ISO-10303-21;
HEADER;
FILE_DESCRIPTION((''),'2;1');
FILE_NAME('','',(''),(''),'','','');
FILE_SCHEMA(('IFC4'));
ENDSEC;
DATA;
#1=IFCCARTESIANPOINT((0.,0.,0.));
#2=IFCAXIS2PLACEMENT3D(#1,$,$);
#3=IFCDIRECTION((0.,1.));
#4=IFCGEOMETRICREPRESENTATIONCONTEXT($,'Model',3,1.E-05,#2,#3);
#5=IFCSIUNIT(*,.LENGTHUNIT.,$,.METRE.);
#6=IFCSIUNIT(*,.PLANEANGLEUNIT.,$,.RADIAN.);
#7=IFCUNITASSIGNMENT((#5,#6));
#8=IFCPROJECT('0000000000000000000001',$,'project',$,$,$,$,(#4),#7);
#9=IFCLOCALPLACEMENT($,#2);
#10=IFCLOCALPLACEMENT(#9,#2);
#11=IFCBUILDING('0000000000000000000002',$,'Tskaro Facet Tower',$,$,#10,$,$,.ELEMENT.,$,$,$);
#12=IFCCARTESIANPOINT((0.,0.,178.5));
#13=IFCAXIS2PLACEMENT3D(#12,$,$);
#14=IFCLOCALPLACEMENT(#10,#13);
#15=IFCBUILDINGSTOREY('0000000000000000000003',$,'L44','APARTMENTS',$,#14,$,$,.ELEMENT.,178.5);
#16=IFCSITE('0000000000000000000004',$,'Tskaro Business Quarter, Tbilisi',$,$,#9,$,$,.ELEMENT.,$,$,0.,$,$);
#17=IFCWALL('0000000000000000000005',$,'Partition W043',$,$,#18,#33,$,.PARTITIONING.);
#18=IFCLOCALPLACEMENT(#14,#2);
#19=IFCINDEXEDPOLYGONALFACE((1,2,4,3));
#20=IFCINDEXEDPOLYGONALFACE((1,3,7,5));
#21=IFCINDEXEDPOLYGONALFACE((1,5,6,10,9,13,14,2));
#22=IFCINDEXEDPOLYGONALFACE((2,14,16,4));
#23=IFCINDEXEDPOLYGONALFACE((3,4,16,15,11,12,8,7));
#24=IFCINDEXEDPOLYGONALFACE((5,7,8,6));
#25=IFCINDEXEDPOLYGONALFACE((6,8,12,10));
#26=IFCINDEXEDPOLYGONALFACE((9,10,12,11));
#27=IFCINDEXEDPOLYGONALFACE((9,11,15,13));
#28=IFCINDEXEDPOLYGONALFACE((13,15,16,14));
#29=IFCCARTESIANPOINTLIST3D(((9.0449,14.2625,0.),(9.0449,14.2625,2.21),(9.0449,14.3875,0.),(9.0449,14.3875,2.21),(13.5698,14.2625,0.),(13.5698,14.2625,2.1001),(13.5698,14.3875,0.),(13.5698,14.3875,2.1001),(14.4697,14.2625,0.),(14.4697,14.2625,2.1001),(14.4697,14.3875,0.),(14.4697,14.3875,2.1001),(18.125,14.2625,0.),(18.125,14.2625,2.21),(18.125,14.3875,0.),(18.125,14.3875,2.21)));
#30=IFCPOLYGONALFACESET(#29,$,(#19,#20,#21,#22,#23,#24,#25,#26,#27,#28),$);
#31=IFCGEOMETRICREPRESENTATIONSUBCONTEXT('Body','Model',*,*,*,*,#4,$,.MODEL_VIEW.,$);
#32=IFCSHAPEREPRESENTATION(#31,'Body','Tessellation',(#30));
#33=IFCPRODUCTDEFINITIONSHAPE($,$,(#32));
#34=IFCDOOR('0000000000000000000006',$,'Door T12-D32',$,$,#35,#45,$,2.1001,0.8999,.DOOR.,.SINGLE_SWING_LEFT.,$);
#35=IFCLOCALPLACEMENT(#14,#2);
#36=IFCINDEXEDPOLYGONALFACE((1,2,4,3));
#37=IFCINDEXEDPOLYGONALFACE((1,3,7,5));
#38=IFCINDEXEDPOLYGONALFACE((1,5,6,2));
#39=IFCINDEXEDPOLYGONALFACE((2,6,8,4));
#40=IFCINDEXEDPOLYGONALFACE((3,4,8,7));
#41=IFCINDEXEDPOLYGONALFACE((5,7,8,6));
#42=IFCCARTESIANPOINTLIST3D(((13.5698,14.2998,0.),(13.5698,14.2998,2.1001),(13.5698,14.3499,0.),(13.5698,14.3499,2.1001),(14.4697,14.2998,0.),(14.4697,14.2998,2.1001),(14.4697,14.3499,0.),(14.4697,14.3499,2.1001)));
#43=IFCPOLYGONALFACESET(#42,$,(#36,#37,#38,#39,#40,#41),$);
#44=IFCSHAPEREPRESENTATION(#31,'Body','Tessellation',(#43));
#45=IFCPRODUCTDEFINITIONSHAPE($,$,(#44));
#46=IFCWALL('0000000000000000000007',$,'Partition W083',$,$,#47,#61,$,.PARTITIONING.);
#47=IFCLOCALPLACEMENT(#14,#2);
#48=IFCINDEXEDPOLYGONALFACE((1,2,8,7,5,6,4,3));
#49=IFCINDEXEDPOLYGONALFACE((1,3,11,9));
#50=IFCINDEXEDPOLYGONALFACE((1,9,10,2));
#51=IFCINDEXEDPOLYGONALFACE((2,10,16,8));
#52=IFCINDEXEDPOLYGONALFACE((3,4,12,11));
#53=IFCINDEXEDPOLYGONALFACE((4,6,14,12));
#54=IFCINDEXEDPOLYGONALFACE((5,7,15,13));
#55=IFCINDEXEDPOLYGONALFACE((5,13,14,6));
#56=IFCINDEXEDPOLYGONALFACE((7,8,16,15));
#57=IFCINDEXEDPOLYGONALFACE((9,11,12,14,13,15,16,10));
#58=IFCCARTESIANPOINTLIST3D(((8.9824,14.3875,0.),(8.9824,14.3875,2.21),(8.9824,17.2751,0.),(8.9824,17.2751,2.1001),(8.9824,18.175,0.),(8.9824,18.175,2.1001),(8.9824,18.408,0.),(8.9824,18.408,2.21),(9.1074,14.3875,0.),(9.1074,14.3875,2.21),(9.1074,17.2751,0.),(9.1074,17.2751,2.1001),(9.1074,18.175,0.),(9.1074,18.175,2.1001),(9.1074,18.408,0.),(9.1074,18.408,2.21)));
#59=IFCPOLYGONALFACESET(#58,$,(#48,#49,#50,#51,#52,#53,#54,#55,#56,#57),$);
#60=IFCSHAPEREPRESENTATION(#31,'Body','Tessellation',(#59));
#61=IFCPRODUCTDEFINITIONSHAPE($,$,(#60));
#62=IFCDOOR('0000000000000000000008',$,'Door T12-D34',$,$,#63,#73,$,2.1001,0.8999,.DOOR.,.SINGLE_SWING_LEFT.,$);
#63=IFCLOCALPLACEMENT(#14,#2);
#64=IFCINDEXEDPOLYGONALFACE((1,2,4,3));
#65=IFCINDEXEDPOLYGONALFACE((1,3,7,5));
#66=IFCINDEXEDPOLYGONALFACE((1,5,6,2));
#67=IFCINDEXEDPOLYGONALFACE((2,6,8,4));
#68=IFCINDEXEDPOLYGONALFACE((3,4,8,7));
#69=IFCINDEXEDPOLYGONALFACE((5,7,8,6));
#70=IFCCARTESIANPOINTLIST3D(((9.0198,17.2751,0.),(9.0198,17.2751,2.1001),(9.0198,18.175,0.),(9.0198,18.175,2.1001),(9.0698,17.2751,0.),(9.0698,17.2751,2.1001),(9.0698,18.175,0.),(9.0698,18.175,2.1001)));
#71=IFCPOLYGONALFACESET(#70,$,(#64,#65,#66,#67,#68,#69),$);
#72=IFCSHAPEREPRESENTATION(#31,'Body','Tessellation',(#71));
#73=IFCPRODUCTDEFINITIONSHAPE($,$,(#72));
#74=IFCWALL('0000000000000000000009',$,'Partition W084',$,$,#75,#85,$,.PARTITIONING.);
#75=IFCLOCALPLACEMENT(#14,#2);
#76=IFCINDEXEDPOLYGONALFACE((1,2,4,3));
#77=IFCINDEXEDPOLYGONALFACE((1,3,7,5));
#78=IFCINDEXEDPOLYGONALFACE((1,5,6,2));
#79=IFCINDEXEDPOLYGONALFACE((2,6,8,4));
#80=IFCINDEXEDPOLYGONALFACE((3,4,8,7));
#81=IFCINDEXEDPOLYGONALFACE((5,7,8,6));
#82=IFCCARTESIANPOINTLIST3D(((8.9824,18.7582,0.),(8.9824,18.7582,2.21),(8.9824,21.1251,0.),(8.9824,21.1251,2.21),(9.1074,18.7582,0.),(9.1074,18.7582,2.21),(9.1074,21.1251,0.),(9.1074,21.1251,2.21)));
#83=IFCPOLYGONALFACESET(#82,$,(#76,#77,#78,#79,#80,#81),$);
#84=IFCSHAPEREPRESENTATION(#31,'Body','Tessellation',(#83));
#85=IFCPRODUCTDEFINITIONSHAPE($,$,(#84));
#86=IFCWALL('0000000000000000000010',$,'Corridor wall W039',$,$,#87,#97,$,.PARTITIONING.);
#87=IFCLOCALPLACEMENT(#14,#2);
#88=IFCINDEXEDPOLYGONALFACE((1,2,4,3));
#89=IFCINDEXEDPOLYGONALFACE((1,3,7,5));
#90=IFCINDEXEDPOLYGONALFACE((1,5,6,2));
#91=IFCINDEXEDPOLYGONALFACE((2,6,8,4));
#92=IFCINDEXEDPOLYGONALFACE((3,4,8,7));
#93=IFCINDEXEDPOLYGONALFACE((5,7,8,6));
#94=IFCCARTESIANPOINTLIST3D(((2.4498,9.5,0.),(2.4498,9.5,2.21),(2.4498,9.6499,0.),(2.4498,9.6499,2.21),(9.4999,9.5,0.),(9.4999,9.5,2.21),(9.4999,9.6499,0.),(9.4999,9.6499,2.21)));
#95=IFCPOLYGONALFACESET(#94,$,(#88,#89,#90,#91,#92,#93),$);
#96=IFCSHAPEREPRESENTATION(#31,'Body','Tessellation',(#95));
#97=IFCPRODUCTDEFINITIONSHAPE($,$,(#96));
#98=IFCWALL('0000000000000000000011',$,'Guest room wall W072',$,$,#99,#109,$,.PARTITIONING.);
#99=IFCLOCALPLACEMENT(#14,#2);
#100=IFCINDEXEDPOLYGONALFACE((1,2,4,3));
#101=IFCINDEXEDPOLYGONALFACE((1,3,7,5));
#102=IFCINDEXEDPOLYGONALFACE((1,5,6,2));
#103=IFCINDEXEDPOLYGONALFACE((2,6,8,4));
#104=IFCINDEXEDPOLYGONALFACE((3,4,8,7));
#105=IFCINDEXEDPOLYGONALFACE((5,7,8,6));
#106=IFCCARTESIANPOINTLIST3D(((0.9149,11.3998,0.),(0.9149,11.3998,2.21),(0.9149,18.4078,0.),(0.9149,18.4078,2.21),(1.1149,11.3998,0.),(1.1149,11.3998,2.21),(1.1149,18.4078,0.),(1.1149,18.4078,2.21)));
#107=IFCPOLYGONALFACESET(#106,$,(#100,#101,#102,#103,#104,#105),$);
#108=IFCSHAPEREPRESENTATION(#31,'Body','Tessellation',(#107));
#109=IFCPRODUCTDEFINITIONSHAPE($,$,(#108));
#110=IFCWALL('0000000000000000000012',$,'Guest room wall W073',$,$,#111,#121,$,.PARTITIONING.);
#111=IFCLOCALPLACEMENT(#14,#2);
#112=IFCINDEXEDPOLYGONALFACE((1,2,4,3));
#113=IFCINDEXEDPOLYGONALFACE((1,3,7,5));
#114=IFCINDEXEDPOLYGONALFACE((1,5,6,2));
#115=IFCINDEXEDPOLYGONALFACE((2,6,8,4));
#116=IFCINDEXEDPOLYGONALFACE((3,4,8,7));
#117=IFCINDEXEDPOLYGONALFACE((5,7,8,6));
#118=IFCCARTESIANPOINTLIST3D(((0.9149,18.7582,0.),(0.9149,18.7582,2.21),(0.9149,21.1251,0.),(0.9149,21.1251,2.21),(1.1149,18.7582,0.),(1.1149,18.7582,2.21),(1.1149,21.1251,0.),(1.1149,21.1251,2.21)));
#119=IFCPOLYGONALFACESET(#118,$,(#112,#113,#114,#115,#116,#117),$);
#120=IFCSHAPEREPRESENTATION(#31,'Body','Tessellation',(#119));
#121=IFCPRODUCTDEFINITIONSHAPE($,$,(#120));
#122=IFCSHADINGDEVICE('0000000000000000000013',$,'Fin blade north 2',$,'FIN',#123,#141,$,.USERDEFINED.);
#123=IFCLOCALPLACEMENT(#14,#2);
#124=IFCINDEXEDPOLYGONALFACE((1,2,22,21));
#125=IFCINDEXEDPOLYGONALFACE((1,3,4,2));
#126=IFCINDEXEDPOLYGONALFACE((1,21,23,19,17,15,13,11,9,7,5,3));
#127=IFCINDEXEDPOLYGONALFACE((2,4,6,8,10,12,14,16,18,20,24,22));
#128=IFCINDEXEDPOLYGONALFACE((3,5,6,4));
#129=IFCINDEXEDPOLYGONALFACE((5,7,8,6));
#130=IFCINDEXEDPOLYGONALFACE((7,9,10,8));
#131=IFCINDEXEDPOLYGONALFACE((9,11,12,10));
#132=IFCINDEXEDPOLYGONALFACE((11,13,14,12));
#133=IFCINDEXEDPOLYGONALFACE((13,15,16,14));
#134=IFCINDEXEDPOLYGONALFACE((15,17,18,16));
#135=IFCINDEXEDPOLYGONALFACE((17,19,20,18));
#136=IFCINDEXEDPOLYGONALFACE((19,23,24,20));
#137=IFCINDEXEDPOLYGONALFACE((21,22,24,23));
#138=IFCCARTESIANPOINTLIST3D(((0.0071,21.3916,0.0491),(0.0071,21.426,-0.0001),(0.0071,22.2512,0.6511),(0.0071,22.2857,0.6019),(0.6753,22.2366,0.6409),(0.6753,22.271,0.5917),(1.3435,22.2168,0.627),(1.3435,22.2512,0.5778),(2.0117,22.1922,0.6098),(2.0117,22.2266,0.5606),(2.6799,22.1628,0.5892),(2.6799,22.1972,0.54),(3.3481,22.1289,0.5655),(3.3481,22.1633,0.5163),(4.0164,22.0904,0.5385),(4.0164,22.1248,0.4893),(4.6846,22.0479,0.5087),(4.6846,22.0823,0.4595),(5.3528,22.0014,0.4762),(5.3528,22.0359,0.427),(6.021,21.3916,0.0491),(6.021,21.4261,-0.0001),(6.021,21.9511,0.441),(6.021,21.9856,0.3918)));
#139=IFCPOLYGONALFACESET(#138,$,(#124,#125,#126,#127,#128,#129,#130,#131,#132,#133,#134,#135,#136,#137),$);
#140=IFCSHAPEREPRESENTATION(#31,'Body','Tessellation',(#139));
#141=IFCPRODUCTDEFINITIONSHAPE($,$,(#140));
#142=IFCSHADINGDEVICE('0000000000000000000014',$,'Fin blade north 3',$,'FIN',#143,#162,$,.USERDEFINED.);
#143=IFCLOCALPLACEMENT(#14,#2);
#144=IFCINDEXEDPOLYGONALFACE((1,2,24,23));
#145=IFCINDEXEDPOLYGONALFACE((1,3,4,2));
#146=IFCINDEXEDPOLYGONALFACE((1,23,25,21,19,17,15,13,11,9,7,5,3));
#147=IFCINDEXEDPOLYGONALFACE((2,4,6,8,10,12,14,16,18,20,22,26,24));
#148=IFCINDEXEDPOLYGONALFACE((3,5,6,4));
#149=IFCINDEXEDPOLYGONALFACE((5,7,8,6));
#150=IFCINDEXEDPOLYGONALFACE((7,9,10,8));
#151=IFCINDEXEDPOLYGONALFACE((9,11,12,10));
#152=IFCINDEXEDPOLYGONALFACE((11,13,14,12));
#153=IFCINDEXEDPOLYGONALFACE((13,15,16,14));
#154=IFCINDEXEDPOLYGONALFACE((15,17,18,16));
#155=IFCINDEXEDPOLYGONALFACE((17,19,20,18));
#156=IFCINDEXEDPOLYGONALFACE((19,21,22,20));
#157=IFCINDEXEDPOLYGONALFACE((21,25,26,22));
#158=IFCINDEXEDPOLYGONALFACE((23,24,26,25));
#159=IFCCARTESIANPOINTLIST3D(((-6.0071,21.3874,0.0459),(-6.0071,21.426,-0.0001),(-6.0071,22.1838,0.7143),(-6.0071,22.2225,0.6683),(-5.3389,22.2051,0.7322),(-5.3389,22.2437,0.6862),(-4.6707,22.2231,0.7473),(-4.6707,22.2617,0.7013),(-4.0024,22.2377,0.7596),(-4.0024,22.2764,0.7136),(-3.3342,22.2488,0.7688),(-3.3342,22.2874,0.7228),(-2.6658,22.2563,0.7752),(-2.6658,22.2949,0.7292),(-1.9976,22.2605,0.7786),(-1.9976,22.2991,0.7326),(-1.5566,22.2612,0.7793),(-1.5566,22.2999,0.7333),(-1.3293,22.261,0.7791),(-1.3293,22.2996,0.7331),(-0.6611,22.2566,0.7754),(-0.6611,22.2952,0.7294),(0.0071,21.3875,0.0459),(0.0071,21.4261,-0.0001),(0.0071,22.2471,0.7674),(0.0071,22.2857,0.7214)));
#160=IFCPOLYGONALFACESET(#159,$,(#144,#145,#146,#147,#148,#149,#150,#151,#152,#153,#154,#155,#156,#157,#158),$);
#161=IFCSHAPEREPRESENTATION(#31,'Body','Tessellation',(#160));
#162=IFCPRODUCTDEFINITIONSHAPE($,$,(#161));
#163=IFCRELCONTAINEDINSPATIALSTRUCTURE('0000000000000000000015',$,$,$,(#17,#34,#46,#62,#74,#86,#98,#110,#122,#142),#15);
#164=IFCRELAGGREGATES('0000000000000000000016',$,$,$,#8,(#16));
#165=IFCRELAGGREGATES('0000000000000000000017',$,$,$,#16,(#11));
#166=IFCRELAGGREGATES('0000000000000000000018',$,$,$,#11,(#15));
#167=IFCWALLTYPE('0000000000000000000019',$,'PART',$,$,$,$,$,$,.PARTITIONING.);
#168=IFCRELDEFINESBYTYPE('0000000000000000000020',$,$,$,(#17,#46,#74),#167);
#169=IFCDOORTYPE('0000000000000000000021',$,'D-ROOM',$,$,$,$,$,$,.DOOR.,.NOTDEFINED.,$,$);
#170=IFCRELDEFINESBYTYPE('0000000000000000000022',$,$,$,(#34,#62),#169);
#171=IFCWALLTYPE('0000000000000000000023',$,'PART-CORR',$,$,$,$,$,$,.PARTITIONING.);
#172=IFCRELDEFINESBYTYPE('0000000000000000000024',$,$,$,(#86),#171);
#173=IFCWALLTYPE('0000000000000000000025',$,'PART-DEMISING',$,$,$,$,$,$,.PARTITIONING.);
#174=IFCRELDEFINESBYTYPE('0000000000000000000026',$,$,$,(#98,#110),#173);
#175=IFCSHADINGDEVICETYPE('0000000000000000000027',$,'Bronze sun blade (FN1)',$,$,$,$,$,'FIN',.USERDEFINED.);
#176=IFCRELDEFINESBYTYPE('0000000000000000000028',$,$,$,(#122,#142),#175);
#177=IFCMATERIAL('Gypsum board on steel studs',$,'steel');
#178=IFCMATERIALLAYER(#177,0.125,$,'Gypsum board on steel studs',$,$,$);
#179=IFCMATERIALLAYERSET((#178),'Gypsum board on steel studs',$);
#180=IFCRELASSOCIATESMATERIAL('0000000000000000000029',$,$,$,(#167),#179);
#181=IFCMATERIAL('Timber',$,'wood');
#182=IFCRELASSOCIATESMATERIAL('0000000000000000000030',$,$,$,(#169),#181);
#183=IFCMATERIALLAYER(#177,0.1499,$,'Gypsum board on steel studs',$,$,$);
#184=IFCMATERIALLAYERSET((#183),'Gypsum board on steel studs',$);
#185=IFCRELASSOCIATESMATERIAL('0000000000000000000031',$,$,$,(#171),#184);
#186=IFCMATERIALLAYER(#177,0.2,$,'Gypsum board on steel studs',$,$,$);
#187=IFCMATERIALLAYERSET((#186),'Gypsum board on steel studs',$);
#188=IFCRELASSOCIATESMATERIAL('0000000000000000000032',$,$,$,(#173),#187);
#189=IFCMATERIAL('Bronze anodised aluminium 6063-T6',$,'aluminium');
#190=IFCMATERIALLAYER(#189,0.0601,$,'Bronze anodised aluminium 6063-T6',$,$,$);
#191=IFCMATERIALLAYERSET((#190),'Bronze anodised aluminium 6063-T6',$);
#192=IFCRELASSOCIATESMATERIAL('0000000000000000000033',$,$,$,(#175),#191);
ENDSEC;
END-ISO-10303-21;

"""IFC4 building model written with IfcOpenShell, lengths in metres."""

from ifc_helpers import new_model, si_unit, direction, frame, frame_2d, origin, place, context, subcontext, project, spatial, polyline, rectangle, outline, extrude, material, layer, layer_set, type_object, element, fill, save


model = new_model("IFC4")

# Units and contexts
model_context = context("Model", 3, precision=1e-05, world=origin(), true_north=direction((0.0, 1.0)))
body_context = subcontext(model_context, "Body", "Model", "MODEL_VIEW")
ifc_project = project(units=[si_unit("LENGTHUNIT", "METRE"), si_unit("PLANEANGLEUNIT", "RADIAN")], contexts=[model_context])

# Site, building, storey
site_placement = place(None, origin())
site = spatial("IfcSite", under=ifc_project, at=site_placement, Name="Tskaro Business Quarter, Tbilisi", CompositionType="ELEMENT", RefElevation=0.0)
building_placement = place(site_placement, origin())
building = spatial("IfcBuilding", under=site, at=building_placement, Name="Tskaro Facet Tower", CompositionType="ELEMENT")
storey_placement = place(building_placement, frame((0.0, 0.0, 178.5)))
storey = spatial("IfcBuildingStorey", under=building, at=storey_placement, Name="L44", Description="APARTMENTS", CompositionType="ELEMENT", Elevation=178.5)

# Shared definitions
ifc_material_1 = material(Name="Bronze anodised aluminium 6063-T6", Category="aluminium")

# Walls, openings, doors
ifc_material_2 = material(Name="Gypsum board on steel studs", Category="steel")
ifc_layer_1 = layer(ifc_material_2, 0.125, Name="Gypsum board on steel studs")
ifc_layer_set_1 = layer_set([ifc_layer_1], Name="Gypsum board on steel studs")
wall_type_1 = type_object("IfcWallType", Name="PART", PredefinedType="PARTITIONING", material=ifc_layer_set_1)
wall_1_placement = place(storey_placement, frame((9.0449, 14.325, 0.0), z_axis=(0.0, 0.0, 1.0), x_axis=(1.0, 0.0, 0.0)))
wall_1 = element("IfcWall", 1, at=wall_1_placement, inside=storey, type_object=wall_type_1, Name="Partition W043", PredefinedType="PARTITIONING", context=body_context, shape_type="SweptSolid", body=[
    extrude(rectangle(XDim=9.0801, YDim=0.125, at=frame_2d((4.54, 0.0))), origin(), (0.0, 0.0, 1.0), 2.21),
])
opening_1_placement = place(wall_1_placement, frame((4.5249, 0.0, 0.0)))
opening_1 = element("IfcOpeningElement", 2, at=opening_1_placement, cuts=wall_1, PredefinedType="OPENING", context=body_context, shape_type="SweptSolid", body=[
    extrude(rectangle(XDim=0.8999, YDim=2.1001, at=frame_2d((0.45, 1.05))), frame((0.0, 0.0725, 0.0), z_axis=(0.0, -1.0, 0.0), x_axis=(1.0, 0.0, 0.0)), (0.0, 0.0, 1.0), 0.145),
])
ifc_material_3 = material(Name="Timber", Category="wood")
door_type = type_object("IfcDoorType", Name="D-ROOM", OperationType="NOTDEFINED", PredefinedType="DOOR", material=ifc_material_3)
door_1_placement = place(opening_1_placement, origin())
door_1 = element("IfcDoor", 3, at=door_1_placement, inside=storey, type_object=door_type, Name="Door T12-D32", OperationType="SINGLE_SWING_LEFT", OverallHeight=2.1001, OverallWidth=0.8999, PredefinedType="DOOR", context=body_context, shape_type="SweptSolid", body=[
    extrude(rectangle(XDim=0.8999, YDim=2.1001, at=frame_2d((0.45, 1.05))), frame((0.0, 0.0249, 0.0), z_axis=(0.0, -1.0, 0.0), x_axis=(1.0, 0.0, 0.0)), (0.0, 0.0, 1.0), 0.05),
])
fill(opening_1, door_1)
wall_2_placement = place(storey_placement, frame((9.0449, 18.408, 0.0), z_axis=(0.0, 0.0, 1.0), x_axis=(0.0, -1.0, 0.0)))
wall_2 = element("IfcWall", 4, at=wall_2_placement, inside=storey, type_object=wall_type_1, Name="Partition W083", PredefinedType="PARTITIONING", context=body_context, shape_type="SweptSolid", body=[
    extrude(rectangle(XDim=4.0205, YDim=0.125, at=frame_2d((2.0103, 0.0))), origin(), (0.0, 0.0, 1.0), 2.21),
])
opening_2_placement = place(wall_2_placement, frame((0.2329, 0.0, 0.0)))
opening_2 = element("IfcOpeningElement", 5, at=opening_2_placement, cuts=wall_2, PredefinedType="OPENING", context=body_context, shape_type="SweptSolid", body=[
    extrude(rectangle(XDim=0.8999, YDim=2.1001, at=frame_2d((0.45, 1.05))), frame((0.0, 0.0725, 0.0), z_axis=(0.0, -1.0, 0.0), x_axis=(1.0, 0.0, 0.0)), (0.0, 0.0, 1.0), 0.145),
])
door_2_placement = place(opening_2_placement, origin())
door_2 = element("IfcDoor", 6, at=door_2_placement, inside=storey, type_object=door_type, Name="Door T12-D34", OperationType="SINGLE_SWING_LEFT", OverallHeight=2.1001, OverallWidth=0.8999, PredefinedType="DOOR", context=body_context, shape_type="SweptSolid", body=[
    extrude(rectangle(XDim=0.8999, YDim=2.1001, at=frame_2d((0.45, 1.05))), frame((0.0, 0.0249, 0.0), z_axis=(0.0, -1.0, 0.0), x_axis=(1.0, 0.0, 0.0)), (0.0, 0.0, 1.0), 0.05),
])
fill(opening_2, door_2)

# Walls
wall_3_placement = place(storey_placement, frame((9.0449, 18.7581, 0.0), z_axis=(0.0, 0.0, 1.0), x_axis=(0.0, 1.0, 0.0)))
element("IfcWall", 7, at=wall_3_placement, inside=storey, type_object=wall_type_1, Name="Partition W084", PredefinedType="PARTITIONING", context=body_context, shape_type="SweptSolid", body=[
    extrude(rectangle(XDim=2.3669, YDim=0.125, at=frame_2d((1.1836, 0.0))), origin(), (0.0, 0.0, 1.0), 2.21),
])
ifc_layer_2 = layer(ifc_material_2, 0.1499, Name="Gypsum board on steel studs")
ifc_layer_set_2 = layer_set([ifc_layer_2], Name="Gypsum board on steel studs")
wall_type_2 = type_object("IfcWallType", Name="PART-CORR", PredefinedType="PARTITIONING", material=ifc_layer_set_2)
wall_4_placement = place(storey_placement, frame((2.45, 9.575, 0.0), z_axis=(0.0, 0.0, 1.0), x_axis=(1.0, 0.0, 0.0)))
element("IfcWall", 8, at=wall_4_placement, inside=storey, type_object=wall_type_2, Name="Corridor wall W039", PredefinedType="PARTITIONING", context=body_context, shape_type="SweptSolid", body=[
    extrude(rectangle(XDim=7.05, YDim=0.1499, at=frame_2d((3.5249, 0.0))), origin(), (0.0, 0.0, 1.0), 2.21),
])
ifc_layer_3 = layer(ifc_material_2, 0.2, Name="Gypsum board on steel studs")
ifc_layer_set_3 = layer_set([ifc_layer_3], Name="Gypsum board on steel studs")
wall_type_3 = type_object("IfcWallType", Name="PART-DEMISING", PredefinedType="PARTITIONING", material=ifc_layer_set_3)
wall_5_placement = place(storey_placement, frame((1.0149, 11.3999, 0.0), z_axis=(0.0, 0.0, 1.0), x_axis=(0.0, 1.0, 0.0)))
element("IfcWall", 9, at=wall_5_placement, inside=storey, type_object=wall_type_3, Name="Guest room wall W072", PredefinedType="PARTITIONING", context=body_context, shape_type="SweptSolid", body=[
    extrude(rectangle(XDim=7.0081, YDim=0.2, at=frame_2d((3.5039, 0.0))), origin(), (0.0, 0.0, 1.0), 2.21),
])
wall_6_placement = place(storey_placement, frame((1.0149, 18.7581, 0.0), z_axis=(0.0, 0.0, 1.0), x_axis=(0.0, 1.0, 0.0)))
element("IfcWall", 10, at=wall_6_placement, inside=storey, type_object=wall_type_3, Name="Guest room wall W073", PredefinedType="PARTITIONING", context=body_context, shape_type="SweptSolid", body=[
    extrude(rectangle(XDim=2.3669, YDim=0.2, at=frame_2d((1.1836, 0.0))), origin(), (0.0, 0.0, 1.0), 2.21),
])

# Shading devices
ifc_layer_4 = layer(ifc_material_1, 0.0601, Name="Bronze anodised aluminium 6063-T6")
ifc_layer_set_4 = layer_set([ifc_layer_4], Name="Bronze anodised aluminium 6063-T6")
shading_device_type = type_object("IfcShadingDeviceType", Name="Bronze sun blade (FN1)", ElementType="FIN", PredefinedType="USERDEFINED", material=ifc_layer_set_4)
shading_device_1_placement = place(storey_placement, frame((6.021, 21.3916, 0.0491), z_axis=(0.000003, -0.573665, 0.81909), x_axis=(-1.0, -0.000002, 0.000003)))
element("IfcShadingDevice", 11, at=shading_device_1_placement, inside=storey, type_object=shading_device_type, Name="Fin blade north 2", ObjectType="FIN", PredefinedType="USERDEFINED", context=body_context, shape_type="SweptSolid", body=[
    extrude(outline(polyline([(0.0, 0.0), (6.0139, 0.0), (6.0139, -1.0495), (5.3457, -1.0316), (4.6775, -1.0074), (4.0093, -0.9774), (3.3411, -0.9415), (2.6729, -0.9001), (2.0046, -0.8531), (1.3364, -0.8013), (0.6682, -0.7445), (0.0, -0.6831), (0.0, 0.0)])), origin(), (0.0, 0.0, -1.0), 0.0601),
])
shading_device_2_placement = place(storey_placement, frame((0.0071, 21.3875, 0.0459), z_axis=(0.000006, -0.642874, 0.765972), x_axis=(-1.0, -0.000004, 0.000004)))
element("IfcShadingDevice", 12, at=shading_device_2_placement, inside=storey, type_object=shading_device_type, Name="Fin blade north 3", ObjectType="FIN", PredefinedType="USERDEFINED", context=body_context, shape_type="SweptSolid", body=[
    extrude(outline(polyline([(0.0, 0.0), (6.0142, 0.0), (6.0142, -1.0397), (5.3459, -1.0675), (4.6777, -1.091), (4.0095, -1.1101), (3.3413, -1.1245), (2.6729, -1.1344), (2.0046, -1.1397), (1.5637, -1.1408), (1.3364, -1.1404), (0.6682, -1.1347), (0.0, -1.1222), (0.0, 0.0)])), origin(), (0.0, 0.0, -1.0), 0.0601),
])

save(model, "model.ifc")
